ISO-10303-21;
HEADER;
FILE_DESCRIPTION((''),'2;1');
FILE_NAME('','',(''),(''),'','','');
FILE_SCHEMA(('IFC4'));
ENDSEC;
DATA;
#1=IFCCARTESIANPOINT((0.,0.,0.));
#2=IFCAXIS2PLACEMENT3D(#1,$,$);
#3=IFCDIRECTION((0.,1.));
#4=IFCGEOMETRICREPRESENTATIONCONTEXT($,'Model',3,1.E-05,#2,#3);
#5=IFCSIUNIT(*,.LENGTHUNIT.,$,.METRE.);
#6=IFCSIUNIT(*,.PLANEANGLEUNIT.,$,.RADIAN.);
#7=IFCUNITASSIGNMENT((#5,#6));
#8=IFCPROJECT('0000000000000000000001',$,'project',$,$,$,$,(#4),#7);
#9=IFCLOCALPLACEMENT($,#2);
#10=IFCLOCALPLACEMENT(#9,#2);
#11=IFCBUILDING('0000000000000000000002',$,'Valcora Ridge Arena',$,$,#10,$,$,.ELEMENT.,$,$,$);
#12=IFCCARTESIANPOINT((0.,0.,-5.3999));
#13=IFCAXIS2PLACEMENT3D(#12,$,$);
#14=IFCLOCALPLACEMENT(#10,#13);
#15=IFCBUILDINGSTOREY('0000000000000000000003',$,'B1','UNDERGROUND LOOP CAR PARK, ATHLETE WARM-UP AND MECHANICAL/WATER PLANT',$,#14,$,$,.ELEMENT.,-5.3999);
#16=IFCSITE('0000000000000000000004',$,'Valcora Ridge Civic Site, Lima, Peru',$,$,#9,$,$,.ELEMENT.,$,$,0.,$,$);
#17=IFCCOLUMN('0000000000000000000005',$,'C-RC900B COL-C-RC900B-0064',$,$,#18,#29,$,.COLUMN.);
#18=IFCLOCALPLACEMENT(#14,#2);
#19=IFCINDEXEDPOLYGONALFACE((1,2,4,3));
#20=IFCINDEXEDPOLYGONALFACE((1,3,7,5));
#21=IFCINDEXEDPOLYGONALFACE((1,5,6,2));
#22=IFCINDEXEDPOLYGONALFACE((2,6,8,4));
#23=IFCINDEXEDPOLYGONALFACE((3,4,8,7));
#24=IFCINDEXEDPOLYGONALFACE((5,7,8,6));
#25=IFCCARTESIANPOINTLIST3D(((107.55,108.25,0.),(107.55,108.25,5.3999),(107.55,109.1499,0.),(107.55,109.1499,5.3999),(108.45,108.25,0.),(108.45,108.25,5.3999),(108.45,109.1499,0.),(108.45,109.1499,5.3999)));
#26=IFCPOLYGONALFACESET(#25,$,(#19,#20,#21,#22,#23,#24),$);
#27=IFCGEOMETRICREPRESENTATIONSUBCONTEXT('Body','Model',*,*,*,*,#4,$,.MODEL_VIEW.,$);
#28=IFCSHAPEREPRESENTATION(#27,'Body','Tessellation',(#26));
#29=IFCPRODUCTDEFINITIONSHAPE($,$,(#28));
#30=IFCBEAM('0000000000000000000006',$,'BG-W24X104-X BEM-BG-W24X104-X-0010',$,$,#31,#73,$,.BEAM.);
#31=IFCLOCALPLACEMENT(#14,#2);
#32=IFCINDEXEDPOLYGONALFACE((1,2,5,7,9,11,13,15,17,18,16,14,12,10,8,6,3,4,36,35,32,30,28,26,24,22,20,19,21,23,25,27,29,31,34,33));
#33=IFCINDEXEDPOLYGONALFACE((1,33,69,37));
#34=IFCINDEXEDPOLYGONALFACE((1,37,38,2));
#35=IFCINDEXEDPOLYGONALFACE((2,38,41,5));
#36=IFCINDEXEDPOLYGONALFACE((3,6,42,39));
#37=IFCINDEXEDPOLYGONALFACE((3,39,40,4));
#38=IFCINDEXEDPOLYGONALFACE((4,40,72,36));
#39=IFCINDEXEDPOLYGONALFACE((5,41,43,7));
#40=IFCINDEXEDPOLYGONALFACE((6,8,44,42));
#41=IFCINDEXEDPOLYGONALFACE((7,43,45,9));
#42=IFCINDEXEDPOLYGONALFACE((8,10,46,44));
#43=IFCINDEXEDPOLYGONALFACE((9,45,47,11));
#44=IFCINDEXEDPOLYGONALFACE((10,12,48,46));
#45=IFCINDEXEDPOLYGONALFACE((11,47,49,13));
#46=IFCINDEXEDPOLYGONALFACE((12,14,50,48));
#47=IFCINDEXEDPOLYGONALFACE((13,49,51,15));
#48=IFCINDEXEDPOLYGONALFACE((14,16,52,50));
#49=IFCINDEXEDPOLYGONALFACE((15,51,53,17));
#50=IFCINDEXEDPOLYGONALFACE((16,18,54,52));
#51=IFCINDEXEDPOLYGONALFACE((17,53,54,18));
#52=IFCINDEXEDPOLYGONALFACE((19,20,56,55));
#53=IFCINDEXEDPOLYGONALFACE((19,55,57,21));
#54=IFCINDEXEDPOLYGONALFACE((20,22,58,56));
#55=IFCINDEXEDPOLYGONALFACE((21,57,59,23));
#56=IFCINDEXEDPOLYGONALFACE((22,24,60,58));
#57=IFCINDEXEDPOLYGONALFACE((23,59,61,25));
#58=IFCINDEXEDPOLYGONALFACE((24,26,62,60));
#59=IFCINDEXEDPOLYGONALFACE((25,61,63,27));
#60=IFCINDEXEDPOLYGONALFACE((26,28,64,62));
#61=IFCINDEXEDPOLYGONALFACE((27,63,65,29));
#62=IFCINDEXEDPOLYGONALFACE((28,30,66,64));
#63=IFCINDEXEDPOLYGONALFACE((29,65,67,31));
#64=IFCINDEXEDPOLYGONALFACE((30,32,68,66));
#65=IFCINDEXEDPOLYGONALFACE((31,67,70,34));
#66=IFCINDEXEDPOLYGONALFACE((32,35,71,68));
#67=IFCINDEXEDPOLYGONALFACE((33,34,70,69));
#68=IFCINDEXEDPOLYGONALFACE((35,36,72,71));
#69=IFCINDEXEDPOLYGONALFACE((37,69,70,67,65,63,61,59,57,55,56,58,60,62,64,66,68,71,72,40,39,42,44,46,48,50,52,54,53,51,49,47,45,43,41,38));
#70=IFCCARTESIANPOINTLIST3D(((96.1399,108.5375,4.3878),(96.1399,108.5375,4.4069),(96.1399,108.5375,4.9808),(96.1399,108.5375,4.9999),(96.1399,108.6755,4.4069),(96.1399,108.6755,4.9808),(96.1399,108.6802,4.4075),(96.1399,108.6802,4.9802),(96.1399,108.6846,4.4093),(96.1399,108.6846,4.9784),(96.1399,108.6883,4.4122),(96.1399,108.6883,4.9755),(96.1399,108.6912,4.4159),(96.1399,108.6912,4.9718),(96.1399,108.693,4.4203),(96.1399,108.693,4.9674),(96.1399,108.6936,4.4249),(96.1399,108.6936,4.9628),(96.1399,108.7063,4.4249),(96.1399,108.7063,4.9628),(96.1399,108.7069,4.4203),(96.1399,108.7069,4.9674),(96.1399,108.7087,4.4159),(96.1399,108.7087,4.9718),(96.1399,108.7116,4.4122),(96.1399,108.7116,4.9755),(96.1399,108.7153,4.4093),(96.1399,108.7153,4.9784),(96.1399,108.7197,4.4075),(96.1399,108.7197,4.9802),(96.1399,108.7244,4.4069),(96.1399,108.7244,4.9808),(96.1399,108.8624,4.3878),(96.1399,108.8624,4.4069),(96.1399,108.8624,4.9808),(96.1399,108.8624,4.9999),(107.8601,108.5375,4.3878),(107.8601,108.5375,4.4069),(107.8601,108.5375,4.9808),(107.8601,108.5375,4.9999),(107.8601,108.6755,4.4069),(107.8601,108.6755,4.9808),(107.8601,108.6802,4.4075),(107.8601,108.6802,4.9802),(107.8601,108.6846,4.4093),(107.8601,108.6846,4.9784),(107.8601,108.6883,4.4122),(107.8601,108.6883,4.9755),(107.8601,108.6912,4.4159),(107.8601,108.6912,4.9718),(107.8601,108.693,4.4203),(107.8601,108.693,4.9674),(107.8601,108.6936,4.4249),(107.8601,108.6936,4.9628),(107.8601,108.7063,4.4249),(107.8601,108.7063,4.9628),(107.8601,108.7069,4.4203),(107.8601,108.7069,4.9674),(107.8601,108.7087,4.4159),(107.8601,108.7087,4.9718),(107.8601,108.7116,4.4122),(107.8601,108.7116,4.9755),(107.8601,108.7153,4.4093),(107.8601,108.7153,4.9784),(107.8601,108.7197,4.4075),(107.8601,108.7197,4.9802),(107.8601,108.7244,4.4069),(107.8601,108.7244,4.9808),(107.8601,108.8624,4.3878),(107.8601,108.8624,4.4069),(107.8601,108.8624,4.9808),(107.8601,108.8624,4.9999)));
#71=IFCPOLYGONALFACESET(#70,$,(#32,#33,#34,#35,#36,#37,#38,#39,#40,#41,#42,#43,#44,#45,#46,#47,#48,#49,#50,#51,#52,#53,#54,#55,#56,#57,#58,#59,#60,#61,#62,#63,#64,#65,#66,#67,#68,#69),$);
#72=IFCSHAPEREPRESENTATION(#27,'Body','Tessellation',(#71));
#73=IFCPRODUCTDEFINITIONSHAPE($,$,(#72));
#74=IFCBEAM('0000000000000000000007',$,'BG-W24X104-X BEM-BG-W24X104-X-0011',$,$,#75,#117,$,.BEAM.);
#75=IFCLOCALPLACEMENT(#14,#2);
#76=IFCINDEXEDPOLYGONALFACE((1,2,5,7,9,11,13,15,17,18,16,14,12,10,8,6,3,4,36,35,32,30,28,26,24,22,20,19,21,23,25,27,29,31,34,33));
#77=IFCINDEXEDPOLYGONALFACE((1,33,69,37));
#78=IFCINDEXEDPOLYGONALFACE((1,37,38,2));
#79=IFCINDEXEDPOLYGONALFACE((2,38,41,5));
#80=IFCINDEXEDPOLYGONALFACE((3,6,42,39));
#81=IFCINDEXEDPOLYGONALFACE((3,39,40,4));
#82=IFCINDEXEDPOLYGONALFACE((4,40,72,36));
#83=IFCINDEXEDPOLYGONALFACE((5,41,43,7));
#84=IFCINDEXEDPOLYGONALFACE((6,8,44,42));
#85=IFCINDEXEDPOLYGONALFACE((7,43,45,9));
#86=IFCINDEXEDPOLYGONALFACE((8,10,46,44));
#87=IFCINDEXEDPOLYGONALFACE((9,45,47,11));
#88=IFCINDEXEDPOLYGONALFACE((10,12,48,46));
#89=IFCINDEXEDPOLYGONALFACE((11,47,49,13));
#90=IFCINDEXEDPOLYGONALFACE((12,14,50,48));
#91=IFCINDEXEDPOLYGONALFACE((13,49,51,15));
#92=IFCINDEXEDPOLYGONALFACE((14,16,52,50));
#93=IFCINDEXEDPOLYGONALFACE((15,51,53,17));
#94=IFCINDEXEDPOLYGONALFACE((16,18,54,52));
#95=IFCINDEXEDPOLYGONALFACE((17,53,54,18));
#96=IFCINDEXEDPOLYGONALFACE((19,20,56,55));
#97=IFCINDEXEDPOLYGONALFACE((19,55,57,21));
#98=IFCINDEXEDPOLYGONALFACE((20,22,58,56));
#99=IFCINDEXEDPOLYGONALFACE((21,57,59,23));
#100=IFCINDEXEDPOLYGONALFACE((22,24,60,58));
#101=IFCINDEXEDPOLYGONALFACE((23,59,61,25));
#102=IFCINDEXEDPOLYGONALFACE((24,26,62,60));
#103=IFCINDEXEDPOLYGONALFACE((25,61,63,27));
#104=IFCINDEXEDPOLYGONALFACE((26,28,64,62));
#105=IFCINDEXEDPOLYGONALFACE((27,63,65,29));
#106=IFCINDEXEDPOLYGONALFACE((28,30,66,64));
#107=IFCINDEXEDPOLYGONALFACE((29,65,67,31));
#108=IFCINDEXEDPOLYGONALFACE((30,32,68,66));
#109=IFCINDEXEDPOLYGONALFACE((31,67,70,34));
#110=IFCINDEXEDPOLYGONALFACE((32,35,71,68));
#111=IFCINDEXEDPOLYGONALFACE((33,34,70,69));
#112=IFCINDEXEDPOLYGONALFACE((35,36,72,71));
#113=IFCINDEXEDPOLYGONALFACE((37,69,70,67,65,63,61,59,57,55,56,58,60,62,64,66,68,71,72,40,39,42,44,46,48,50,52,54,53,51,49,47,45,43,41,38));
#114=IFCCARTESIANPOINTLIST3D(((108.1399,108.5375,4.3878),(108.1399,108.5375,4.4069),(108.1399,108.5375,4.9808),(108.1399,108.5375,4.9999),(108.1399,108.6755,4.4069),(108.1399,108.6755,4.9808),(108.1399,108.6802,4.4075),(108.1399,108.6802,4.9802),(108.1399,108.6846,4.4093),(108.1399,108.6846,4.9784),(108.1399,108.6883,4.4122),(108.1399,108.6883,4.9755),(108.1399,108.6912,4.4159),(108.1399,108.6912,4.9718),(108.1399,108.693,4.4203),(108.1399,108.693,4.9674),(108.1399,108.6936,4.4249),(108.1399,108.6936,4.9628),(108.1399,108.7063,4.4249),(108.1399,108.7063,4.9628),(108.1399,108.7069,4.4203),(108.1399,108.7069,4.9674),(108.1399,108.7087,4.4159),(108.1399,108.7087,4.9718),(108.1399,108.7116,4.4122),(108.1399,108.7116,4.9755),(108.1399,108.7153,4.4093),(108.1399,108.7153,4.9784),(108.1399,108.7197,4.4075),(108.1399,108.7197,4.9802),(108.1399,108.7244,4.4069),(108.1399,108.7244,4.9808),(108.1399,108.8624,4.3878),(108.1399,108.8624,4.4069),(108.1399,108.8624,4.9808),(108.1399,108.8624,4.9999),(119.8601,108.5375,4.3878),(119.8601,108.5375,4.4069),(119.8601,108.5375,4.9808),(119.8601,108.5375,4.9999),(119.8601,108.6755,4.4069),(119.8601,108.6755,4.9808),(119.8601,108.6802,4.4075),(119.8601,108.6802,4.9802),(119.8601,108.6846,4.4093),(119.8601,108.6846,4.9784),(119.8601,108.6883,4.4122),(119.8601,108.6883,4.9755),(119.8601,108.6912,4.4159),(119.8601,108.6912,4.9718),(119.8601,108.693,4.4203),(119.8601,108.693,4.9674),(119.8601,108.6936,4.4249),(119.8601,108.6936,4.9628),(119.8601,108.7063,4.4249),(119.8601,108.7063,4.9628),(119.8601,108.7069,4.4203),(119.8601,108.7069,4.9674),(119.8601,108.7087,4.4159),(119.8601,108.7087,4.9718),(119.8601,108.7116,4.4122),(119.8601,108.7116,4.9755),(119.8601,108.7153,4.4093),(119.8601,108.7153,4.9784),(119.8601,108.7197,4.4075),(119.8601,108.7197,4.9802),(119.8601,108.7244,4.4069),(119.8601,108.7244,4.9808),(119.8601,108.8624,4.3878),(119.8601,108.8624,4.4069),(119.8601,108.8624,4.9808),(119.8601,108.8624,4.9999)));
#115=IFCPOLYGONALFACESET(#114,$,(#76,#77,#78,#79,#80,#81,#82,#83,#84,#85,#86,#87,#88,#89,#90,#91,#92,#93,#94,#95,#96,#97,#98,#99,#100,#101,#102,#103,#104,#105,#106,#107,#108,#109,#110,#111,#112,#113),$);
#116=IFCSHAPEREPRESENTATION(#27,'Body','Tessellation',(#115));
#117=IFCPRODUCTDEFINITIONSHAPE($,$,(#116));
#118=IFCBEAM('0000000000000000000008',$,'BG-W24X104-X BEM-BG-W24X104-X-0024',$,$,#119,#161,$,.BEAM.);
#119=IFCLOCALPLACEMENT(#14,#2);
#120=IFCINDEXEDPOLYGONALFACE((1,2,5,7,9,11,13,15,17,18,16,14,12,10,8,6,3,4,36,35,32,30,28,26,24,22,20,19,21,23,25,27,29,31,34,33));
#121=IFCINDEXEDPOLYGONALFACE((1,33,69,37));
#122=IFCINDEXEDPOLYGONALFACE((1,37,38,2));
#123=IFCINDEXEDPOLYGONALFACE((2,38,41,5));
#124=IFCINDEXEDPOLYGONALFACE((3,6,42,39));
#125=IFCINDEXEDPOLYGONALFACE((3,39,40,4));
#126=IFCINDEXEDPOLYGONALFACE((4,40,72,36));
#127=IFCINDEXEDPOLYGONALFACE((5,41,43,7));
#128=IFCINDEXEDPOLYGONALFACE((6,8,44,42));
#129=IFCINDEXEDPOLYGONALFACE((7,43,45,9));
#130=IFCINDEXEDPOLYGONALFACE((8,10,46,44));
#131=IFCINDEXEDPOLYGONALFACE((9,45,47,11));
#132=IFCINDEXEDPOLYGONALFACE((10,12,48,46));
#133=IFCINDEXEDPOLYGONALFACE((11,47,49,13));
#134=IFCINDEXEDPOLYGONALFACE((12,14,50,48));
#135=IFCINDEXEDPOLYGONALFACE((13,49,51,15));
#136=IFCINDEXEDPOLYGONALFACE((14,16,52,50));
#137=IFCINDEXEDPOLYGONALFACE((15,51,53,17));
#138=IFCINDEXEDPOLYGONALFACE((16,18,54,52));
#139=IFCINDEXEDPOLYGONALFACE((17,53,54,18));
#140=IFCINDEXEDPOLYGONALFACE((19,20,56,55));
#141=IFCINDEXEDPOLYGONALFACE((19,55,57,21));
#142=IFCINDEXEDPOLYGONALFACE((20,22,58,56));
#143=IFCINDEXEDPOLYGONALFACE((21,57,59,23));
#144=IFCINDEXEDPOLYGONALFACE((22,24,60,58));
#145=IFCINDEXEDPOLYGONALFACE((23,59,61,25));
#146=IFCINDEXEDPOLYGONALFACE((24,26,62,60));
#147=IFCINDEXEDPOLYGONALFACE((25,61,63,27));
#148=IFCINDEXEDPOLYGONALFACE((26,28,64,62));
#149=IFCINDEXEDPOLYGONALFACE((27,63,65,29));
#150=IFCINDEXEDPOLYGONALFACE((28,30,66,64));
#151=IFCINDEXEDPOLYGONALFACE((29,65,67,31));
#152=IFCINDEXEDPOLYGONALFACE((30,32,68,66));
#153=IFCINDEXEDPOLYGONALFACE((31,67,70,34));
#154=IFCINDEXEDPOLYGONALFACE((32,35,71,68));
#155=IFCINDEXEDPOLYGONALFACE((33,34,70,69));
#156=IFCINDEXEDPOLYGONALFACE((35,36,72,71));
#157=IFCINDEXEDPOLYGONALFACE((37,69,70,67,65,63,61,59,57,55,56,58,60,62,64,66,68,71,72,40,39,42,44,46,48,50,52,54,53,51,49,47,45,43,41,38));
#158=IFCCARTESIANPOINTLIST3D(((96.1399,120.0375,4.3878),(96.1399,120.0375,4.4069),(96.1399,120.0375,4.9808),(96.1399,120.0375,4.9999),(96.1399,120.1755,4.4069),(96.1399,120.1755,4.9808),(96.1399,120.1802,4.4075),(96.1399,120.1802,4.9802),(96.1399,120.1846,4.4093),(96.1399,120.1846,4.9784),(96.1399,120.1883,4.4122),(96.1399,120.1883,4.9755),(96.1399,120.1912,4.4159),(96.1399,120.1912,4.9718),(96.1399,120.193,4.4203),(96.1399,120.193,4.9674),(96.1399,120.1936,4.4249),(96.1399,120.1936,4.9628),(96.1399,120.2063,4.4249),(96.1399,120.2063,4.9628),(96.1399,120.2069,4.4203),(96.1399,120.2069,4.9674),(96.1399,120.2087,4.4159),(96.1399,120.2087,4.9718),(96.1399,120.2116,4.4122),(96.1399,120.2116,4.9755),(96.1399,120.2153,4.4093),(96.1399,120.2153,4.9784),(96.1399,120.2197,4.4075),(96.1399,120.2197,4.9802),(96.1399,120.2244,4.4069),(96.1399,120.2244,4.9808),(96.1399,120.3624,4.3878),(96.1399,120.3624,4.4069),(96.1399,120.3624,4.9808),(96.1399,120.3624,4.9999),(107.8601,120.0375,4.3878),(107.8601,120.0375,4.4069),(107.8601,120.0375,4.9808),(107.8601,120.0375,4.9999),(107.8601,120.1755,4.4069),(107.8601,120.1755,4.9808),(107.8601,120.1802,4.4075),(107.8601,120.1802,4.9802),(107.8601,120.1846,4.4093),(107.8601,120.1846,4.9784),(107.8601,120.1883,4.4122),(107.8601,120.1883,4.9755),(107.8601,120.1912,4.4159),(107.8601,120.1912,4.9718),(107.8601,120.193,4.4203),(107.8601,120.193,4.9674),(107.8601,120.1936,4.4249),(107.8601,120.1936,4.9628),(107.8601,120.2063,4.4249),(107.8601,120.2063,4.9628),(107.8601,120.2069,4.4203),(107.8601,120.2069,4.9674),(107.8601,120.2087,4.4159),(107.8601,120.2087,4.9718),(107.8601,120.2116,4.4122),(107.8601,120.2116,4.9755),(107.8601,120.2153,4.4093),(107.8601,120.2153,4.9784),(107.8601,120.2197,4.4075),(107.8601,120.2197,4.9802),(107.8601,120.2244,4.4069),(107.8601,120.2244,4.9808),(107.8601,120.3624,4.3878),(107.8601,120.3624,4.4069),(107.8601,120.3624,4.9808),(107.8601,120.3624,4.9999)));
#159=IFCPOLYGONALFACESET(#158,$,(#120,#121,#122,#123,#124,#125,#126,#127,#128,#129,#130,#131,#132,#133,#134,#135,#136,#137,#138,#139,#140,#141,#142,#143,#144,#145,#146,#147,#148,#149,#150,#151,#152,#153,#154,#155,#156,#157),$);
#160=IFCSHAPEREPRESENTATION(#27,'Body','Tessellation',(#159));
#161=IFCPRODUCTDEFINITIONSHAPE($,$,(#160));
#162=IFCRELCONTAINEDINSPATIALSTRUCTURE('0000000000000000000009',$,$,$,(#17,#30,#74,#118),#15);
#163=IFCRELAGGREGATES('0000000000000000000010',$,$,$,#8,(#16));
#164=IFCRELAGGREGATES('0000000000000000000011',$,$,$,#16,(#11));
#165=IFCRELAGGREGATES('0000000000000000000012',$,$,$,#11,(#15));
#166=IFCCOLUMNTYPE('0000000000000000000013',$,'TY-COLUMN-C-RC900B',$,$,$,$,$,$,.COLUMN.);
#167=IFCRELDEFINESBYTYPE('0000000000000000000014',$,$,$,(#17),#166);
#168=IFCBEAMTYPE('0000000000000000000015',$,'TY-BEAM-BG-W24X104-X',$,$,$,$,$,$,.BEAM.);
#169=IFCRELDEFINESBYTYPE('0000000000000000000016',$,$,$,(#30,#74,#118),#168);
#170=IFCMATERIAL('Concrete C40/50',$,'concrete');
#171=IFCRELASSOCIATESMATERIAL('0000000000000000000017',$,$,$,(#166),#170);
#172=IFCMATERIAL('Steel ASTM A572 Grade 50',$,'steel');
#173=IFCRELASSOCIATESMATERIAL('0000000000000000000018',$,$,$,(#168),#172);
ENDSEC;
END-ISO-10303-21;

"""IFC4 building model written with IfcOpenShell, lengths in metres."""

from ifc_helpers import new_model, si_unit, direction, frame, origin, origin_2d, place, context, subcontext, project, spatial, rectangle, i_section, extrude, material, material_profile, profile_set, type_object, element, save


model = new_model("IFC4")

# Units and contexts
model_context = context("Model", 3, precision=1e-05, world=origin(), true_north=direction((0.0, 1.0)))
body_context = subcontext(model_context, "Body", "Model", "MODEL_VIEW")
ifc_project = project(units=[si_unit("LENGTHUNIT", "METRE"), si_unit("PLANEANGLEUNIT", "RADIAN")], contexts=[model_context])

# Site, building, storey
site_placement = place(None, origin())
site = spatial("IfcSite", under=ifc_project, at=site_placement, Name="Valcora Ridge Civic Site, Lima, Peru", CompositionType="ELEMENT", RefElevation=0.0)
building_placement = place(site_placement, origin())
building = spatial("IfcBuilding", under=site, at=building_placement, Name="Valcora Ridge Arena", CompositionType="ELEMENT")
storey_placement = place(building_placement, frame((0.0, 0.0, -5.3999)))
storey = spatial("IfcBuildingStorey", under=building, at=storey_placement, Name="B1", Description="UNDERGROUND LOOP CAR PARK, ATHLETE WARM-UP AND MECHANICAL/WATER PLANT", CompositionType="ELEMENT", Elevation=-5.3999)

# Shared definitions
ifc_material_1 = material(Name="Concrete C40/50", Category="concrete")

# Column
ifc_material_profile_1 = material_profile(ifc_material_1, rectangle(XDim=0.8999, YDim=0.8999, at=origin_2d()), Name="RC 900x900")
ifc_profile_set_1 = profile_set([ifc_material_profile_1], Name="Concrete C40/50")
column_type_1 = type_object("IfcColumnType", Name="TY-COLUMN-C-RC900B", PredefinedType="COLUMN", material=ifc_profile_set_1)
for number, where, z_axis, x_axis, name in (
    (1, (108.0, 108.7, 0.0), (0.0, 0.0, 1.0), (1.0, 0.0, 0.0), "C-RC900B COL-C-RC900B-0064"),
):
    element("IfcColumn", number, at=place(storey_placement, frame(where, z_axis=z_axis, x_axis=x_axis)), inside=storey, type_object=column_type_1, Name=name, PredefinedType="COLUMN", context=body_context, shape_type="SweptSolid", body=[
        extrude(rectangle(XDim=0.8999, YDim=0.8999, at=origin_2d()), origin(), (0.0, 0.0, 1.0), 5.3999),
    ])

# Beams
ifc_material_2 = material(Name="Steel ASTM A572 Grade 50", Category="steel")
ifc_material_profile_2 = material_profile(ifc_material_2, i_section(OverallWidth=0.325, OverallDepth=0.6121, WebThickness=0.0127, FlangeThickness=0.019, FilletRadius=0.0181, at=origin_2d()), Name="W24X104")
ifc_profile_set_2 = profile_set([ifc_material_profile_2], Name="Steel ASTM A572 Grade 50")
beam_type_1 = type_object("IfcBeamType", Name="TY-BEAM-BG-W24X104-X", PredefinedType="BEAM", material=ifc_profile_set_2)
for number, where, z_axis, x_axis, name in (
    (2, (96.1399, 108.7, 4.6938), (1.0, 0.0, 0.0), (0.0, 1.0, 0.0), "BG-W24X104-X BEM-BG-W24X104-X-0010"),
    (3, (108.1399, 108.7, 4.6938), (1.0, 0.0, 0.0), (0.0, 1.0, 0.0), "BG-W24X104-X BEM-BG-W24X104-X-0011"),
    (4, (96.1399, 120.2, 4.6938), (1.0, 0.0, 0.0), (0.0, 1.0, 0.0), "BG-W24X104-X BEM-BG-W24X104-X-0024"),
):
    element("IfcBeam", number, at=place(storey_placement, frame(where, z_axis=z_axis, x_axis=x_axis)), inside=storey, type_object=beam_type_1, Name=name, PredefinedType="BEAM", context=body_context, shape_type="SweptSolid", body=[
        extrude(i_section(OverallWidth=0.325, OverallDepth=0.6121, WebThickness=0.0127, FlangeThickness=0.019, FilletRadius=0.0181, at=origin_2d()), origin(), (0.0, 0.0, 1.0), 11.7202),
    ])

save(model, "model.ifc")
